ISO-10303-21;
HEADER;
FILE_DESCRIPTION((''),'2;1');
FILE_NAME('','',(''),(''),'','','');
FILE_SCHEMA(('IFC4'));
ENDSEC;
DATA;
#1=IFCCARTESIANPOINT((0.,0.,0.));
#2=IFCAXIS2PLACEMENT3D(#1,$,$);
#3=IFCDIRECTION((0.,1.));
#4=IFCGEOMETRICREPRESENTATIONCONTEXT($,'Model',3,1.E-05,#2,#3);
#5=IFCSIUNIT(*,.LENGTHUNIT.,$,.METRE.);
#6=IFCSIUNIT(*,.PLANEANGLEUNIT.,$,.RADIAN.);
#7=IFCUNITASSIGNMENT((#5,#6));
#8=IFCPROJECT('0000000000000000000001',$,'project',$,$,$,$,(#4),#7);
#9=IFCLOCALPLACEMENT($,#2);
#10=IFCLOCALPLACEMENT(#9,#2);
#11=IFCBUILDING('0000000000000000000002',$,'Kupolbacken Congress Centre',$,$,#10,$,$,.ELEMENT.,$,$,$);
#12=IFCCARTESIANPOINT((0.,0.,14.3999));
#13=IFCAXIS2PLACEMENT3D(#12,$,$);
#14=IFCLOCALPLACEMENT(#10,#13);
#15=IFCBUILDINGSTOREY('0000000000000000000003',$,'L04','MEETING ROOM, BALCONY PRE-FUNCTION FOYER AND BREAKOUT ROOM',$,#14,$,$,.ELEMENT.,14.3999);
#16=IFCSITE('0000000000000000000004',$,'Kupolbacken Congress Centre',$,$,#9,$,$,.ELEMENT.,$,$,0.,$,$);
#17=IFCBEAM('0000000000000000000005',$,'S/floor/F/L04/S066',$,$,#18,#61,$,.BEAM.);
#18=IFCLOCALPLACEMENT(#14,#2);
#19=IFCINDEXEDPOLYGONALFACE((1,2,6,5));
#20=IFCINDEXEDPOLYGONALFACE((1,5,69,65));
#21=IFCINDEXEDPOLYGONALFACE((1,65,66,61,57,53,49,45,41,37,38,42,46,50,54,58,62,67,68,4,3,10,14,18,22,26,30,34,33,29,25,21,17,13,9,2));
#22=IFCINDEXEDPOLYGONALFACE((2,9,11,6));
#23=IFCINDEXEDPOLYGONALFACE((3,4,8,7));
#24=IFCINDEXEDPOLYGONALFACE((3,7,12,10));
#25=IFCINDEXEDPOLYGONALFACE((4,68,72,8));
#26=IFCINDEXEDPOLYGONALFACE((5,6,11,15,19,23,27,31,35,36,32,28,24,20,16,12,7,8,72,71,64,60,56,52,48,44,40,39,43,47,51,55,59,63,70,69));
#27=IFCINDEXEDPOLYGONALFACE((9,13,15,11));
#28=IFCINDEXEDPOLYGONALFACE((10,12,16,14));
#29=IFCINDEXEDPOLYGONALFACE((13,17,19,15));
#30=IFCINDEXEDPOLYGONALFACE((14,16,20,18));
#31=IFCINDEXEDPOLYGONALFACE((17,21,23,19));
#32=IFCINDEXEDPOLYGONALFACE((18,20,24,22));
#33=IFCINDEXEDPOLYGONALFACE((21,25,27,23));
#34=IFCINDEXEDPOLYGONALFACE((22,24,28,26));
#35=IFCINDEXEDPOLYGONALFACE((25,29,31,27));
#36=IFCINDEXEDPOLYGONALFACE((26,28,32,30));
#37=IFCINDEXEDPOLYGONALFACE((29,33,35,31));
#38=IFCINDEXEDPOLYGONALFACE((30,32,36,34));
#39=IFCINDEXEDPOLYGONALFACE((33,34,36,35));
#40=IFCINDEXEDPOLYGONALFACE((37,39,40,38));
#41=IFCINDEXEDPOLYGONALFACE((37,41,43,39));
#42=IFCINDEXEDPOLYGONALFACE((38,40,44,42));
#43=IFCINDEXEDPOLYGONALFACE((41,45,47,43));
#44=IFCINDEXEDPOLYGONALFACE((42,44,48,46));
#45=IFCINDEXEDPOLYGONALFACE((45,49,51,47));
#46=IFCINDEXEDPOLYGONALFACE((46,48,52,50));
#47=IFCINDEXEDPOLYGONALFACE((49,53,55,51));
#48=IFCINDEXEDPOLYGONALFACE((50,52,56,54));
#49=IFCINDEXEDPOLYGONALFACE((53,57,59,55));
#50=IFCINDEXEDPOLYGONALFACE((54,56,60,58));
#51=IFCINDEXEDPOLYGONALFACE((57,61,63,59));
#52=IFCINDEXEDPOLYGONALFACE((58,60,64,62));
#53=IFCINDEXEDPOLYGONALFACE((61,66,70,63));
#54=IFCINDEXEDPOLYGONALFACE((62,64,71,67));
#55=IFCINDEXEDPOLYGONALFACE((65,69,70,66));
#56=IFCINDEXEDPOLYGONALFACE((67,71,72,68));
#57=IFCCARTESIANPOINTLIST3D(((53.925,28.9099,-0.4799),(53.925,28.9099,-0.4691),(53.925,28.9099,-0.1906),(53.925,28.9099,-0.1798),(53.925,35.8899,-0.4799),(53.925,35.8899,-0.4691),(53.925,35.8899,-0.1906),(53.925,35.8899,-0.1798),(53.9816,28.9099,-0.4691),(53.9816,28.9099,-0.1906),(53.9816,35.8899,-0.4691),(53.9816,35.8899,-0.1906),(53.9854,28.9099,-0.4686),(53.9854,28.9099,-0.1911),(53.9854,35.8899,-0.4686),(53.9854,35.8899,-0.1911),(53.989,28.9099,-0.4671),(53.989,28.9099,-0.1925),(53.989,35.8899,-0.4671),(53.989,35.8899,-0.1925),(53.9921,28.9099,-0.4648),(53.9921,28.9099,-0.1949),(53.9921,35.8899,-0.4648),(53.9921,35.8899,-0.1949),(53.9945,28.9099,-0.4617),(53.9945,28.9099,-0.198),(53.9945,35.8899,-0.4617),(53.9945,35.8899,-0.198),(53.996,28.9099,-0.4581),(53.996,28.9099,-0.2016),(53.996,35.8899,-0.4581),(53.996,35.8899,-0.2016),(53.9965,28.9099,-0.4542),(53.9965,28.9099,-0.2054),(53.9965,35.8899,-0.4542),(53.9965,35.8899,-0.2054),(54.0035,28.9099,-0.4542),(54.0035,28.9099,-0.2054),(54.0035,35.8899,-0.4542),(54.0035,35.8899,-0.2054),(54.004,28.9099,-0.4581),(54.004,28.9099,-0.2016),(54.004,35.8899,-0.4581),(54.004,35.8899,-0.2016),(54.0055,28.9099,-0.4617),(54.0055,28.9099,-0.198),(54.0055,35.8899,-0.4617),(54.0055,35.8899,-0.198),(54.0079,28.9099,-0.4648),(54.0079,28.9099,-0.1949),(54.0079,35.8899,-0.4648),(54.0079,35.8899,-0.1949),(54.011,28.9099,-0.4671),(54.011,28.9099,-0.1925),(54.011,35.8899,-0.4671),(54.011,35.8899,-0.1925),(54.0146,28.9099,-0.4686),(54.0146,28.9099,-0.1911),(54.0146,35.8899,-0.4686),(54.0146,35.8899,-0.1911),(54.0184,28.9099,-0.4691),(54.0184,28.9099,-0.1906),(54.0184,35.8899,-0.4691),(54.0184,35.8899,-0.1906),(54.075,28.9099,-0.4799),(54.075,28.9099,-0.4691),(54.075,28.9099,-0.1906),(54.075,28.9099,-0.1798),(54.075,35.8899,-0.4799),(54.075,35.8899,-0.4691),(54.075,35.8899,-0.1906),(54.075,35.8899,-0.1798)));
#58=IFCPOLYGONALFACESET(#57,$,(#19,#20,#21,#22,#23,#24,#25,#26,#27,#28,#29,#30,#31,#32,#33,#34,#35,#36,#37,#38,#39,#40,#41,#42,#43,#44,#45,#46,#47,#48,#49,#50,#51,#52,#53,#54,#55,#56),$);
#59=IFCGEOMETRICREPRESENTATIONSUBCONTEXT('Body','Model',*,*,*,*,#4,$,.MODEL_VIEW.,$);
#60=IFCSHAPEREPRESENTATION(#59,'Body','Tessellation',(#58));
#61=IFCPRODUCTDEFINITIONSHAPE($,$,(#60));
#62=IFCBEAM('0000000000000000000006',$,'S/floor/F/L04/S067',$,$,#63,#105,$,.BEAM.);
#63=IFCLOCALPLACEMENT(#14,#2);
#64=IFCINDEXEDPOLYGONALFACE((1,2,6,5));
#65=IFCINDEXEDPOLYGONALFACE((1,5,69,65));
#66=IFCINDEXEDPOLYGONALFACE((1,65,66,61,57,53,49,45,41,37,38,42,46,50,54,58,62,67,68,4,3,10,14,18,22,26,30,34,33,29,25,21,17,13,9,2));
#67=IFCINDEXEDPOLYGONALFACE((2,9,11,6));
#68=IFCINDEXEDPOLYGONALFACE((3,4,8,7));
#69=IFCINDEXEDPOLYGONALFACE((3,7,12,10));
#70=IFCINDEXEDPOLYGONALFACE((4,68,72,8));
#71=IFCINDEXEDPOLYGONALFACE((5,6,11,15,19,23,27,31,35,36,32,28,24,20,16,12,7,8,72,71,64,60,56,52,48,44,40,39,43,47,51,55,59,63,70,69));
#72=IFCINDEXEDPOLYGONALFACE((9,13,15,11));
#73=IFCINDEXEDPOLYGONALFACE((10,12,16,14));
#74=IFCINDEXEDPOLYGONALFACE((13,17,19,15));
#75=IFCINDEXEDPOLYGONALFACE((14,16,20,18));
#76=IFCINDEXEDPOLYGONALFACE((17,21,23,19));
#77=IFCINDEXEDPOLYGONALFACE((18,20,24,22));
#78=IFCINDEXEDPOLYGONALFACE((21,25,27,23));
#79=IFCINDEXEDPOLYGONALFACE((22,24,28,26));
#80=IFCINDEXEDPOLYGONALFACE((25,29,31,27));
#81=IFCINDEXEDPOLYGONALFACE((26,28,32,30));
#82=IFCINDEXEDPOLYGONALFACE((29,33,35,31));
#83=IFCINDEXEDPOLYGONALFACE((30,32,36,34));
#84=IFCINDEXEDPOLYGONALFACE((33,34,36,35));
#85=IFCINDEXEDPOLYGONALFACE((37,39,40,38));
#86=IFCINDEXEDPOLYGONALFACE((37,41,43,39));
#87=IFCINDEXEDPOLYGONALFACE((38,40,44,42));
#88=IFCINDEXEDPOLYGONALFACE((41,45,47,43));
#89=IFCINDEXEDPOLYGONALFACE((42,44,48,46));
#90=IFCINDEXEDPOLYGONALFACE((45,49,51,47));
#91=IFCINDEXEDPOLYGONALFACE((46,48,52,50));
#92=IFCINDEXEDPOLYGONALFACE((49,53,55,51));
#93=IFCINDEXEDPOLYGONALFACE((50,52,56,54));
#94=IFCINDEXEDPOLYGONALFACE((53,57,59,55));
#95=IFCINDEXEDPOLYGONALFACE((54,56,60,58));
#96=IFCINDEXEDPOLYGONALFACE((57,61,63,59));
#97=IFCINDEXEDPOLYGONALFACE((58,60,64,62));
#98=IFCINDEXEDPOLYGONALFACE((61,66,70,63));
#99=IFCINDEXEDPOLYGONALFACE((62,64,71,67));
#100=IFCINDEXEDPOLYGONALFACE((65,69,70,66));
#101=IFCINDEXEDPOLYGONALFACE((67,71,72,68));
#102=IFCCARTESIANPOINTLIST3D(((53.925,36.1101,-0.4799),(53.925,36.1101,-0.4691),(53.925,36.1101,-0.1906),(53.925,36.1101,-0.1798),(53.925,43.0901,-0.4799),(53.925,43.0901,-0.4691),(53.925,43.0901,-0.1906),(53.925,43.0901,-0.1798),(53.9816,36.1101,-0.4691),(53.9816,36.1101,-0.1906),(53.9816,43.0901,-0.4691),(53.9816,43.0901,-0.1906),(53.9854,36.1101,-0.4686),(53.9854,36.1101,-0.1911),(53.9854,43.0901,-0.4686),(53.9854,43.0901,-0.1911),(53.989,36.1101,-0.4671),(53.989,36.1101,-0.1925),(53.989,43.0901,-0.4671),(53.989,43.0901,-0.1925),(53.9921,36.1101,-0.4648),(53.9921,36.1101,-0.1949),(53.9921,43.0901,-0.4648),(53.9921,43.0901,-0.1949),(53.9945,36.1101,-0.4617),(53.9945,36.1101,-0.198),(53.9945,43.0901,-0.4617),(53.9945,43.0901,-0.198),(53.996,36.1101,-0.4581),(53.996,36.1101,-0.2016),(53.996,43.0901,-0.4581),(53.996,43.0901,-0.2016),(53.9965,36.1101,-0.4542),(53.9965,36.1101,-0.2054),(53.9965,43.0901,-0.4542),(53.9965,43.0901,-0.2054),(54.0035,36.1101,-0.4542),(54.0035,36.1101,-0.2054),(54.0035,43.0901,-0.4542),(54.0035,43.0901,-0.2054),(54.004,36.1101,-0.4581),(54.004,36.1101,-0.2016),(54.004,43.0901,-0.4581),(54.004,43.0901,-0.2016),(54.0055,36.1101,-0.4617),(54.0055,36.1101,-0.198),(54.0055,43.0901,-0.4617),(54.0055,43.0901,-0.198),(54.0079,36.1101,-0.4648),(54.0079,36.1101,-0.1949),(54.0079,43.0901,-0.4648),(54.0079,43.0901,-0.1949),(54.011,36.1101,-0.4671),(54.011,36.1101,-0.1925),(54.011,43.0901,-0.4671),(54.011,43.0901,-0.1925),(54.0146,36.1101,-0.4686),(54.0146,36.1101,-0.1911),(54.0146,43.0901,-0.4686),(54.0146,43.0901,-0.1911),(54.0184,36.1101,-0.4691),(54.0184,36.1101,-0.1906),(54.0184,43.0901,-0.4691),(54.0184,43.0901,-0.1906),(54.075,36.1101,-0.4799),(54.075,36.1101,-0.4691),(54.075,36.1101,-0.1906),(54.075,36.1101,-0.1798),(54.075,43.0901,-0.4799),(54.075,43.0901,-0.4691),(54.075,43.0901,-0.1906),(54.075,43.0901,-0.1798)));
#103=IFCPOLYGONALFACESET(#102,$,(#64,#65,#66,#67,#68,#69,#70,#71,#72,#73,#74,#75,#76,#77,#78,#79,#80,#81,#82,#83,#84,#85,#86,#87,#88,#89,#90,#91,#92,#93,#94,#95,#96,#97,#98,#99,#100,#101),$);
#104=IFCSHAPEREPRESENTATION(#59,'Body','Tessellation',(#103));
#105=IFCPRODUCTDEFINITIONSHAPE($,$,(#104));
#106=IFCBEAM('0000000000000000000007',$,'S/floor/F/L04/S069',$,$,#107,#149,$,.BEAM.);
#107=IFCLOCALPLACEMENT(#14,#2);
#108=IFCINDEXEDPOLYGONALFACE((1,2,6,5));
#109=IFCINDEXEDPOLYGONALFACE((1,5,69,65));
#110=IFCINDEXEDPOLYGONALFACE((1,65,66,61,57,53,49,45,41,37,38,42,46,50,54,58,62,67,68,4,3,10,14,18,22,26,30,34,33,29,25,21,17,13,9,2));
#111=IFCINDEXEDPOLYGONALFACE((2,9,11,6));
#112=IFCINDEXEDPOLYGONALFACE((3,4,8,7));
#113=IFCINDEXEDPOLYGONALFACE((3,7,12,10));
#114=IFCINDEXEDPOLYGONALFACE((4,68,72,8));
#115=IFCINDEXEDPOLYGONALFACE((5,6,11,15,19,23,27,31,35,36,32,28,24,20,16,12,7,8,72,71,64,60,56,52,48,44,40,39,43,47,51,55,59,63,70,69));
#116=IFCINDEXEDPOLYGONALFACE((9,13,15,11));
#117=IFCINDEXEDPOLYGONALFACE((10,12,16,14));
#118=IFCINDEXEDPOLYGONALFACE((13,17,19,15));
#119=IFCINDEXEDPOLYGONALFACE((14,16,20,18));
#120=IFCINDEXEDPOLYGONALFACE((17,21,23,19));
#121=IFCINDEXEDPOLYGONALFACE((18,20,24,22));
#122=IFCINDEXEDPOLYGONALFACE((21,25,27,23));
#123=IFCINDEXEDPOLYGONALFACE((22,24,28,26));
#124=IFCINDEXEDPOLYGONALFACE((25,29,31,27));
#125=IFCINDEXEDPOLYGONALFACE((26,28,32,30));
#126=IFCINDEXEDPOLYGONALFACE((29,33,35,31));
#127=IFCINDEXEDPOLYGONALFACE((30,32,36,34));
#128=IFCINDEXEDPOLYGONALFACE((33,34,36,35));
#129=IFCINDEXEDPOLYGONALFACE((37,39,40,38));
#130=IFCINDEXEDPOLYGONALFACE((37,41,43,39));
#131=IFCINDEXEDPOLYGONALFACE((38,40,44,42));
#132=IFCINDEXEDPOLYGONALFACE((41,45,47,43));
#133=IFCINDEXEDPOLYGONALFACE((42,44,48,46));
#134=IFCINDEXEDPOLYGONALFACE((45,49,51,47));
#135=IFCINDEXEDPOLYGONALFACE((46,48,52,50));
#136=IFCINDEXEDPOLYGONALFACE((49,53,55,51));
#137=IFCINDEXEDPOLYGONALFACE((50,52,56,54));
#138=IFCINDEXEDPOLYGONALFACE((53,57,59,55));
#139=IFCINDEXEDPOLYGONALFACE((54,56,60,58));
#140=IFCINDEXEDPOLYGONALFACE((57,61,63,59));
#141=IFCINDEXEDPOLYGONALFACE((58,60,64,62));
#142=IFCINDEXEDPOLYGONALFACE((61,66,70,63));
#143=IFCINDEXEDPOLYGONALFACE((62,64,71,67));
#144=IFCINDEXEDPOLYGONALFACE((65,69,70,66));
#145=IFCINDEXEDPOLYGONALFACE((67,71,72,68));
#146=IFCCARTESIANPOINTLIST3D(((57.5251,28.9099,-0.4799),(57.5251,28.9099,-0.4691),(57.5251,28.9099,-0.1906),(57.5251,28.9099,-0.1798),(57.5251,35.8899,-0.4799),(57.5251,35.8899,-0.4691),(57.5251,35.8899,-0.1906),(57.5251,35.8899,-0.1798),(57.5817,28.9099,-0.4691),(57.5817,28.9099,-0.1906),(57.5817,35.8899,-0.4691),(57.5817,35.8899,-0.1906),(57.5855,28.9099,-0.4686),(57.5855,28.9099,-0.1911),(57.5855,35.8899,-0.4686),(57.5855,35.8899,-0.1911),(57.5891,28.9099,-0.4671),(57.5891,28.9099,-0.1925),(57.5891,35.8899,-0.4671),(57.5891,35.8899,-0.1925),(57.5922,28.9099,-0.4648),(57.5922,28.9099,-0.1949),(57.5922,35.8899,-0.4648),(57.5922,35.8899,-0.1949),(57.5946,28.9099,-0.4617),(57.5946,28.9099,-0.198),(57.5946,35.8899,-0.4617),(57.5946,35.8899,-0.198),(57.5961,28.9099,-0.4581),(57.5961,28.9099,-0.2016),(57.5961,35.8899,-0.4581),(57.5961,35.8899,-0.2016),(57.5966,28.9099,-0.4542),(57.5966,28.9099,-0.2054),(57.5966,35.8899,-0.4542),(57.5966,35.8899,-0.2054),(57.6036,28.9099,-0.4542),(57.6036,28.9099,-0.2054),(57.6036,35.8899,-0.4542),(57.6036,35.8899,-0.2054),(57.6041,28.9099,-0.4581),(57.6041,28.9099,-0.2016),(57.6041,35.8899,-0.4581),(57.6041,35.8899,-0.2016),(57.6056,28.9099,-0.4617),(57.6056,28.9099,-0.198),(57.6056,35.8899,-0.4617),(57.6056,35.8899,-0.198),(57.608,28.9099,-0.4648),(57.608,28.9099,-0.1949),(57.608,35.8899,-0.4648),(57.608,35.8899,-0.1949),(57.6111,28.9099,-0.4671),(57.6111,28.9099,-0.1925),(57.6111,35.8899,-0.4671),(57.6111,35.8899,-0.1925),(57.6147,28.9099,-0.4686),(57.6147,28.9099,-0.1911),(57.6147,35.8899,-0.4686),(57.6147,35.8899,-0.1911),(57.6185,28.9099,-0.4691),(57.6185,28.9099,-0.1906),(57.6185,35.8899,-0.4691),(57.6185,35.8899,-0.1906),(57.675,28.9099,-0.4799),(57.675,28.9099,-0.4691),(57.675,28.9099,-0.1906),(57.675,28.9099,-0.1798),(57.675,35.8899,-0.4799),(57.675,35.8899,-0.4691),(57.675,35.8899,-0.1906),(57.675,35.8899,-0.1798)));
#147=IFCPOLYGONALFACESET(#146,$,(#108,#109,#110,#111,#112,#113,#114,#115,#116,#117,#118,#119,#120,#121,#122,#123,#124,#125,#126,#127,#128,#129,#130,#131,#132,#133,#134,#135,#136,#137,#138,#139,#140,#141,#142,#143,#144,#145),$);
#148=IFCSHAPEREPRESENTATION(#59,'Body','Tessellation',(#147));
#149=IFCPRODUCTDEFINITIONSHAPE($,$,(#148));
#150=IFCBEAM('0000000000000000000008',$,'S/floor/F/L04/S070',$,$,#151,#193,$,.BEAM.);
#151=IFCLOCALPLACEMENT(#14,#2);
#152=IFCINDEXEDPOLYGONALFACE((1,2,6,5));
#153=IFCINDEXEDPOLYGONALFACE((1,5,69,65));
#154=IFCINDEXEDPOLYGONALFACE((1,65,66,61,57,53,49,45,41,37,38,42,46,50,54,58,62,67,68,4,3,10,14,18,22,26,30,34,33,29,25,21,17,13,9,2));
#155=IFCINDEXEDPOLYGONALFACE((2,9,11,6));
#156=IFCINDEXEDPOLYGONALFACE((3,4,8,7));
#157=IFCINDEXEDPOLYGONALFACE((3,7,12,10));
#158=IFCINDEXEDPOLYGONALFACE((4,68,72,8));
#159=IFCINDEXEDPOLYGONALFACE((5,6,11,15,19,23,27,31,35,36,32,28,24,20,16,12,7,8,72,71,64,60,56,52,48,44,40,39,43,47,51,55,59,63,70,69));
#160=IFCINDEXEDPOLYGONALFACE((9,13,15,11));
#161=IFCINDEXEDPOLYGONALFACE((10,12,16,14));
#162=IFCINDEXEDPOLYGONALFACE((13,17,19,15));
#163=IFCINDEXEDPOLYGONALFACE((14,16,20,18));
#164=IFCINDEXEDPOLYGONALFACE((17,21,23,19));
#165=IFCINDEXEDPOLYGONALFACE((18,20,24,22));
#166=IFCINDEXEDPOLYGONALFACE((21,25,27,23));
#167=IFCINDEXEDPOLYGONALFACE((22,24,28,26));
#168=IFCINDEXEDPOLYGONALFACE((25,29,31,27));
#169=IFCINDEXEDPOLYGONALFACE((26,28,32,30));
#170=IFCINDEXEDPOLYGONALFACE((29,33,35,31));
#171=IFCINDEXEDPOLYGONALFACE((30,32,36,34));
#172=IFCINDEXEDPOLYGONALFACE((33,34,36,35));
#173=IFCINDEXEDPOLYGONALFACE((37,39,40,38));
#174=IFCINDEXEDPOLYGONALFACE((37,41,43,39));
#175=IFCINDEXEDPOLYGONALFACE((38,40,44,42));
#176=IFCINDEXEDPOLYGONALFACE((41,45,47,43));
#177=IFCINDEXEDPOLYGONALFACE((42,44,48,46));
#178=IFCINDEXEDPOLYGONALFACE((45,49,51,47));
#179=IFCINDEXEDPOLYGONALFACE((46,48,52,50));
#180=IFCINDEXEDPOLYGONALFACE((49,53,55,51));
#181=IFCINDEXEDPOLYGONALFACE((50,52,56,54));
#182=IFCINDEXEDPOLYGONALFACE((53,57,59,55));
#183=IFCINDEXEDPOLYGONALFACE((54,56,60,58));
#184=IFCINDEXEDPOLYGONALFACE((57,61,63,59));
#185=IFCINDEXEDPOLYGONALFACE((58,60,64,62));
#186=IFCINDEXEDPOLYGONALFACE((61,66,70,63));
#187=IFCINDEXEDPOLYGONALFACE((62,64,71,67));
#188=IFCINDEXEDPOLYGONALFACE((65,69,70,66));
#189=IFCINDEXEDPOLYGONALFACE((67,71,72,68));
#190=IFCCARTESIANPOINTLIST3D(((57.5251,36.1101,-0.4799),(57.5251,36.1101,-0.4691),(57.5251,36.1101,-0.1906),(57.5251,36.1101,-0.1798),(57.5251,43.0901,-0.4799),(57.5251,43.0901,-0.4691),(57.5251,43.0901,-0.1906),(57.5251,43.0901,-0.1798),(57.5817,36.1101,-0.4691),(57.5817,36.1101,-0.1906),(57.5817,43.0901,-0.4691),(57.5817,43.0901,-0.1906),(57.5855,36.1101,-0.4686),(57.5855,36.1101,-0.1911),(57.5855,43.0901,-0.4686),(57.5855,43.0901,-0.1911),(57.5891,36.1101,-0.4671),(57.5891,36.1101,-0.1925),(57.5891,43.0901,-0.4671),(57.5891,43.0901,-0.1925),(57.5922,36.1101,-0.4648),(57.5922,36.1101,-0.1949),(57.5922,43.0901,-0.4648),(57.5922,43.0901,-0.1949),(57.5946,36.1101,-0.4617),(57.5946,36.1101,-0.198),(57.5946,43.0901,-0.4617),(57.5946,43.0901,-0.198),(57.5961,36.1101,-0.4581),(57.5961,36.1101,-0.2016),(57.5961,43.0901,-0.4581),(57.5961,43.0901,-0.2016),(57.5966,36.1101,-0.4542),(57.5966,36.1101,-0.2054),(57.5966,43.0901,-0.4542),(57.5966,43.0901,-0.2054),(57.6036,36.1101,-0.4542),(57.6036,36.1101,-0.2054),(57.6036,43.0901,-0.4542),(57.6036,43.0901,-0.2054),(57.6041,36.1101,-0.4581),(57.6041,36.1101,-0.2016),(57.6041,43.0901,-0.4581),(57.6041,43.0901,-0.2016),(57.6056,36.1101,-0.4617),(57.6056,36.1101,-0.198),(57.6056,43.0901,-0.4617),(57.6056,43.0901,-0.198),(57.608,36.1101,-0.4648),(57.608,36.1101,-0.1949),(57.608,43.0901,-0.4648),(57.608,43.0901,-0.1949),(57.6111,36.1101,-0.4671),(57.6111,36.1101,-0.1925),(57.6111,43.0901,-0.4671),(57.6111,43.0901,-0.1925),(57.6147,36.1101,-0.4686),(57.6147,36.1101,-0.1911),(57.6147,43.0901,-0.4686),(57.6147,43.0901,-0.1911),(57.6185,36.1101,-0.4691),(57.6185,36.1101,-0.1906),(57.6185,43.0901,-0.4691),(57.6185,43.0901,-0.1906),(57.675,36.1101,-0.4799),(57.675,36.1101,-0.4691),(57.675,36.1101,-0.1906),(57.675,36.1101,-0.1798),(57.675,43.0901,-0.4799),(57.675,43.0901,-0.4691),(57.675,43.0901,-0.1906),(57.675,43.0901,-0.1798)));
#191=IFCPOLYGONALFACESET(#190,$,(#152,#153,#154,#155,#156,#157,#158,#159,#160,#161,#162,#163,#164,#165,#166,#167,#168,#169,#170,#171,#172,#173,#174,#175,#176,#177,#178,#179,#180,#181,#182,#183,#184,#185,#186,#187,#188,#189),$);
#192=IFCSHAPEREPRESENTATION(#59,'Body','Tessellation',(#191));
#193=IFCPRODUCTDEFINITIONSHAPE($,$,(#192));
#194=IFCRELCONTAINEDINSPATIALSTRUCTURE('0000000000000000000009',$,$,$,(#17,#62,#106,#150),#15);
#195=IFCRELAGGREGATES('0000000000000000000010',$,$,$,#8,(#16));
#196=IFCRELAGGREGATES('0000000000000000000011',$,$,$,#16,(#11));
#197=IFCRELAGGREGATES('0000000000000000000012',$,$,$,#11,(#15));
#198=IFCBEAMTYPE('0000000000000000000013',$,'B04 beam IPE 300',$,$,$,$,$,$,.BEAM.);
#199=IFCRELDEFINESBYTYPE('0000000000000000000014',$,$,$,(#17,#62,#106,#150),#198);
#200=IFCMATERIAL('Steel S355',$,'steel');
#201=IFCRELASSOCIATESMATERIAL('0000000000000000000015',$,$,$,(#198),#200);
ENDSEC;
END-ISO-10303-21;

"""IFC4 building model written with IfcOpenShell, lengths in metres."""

from ifc_helpers import new_model, si_unit, direction, frame, origin, origin_2d, place, context, subcontext, project, spatial, i_section, extrude, material, material_profile, profile_set, type_object, element, save


model = new_model("IFC4")

# Units and contexts
model_context = context("Model", 3, precision=1e-05, world=origin(), true_north=direction((0.0, 1.0)))
body_context = subcontext(model_context, "Body", "Model", "MODEL_VIEW")
ifc_project = project(units=[si_unit("LENGTHUNIT", "METRE"), si_unit("PLANEANGLEUNIT", "RADIAN")], contexts=[model_context])

# Site, building, storey
site_placement = place(None, origin())
site = spatial("IfcSite", under=ifc_project, at=site_placement, Name="Kupolbacken Congress Centre", CompositionType="ELEMENT", RefElevation=0.0)
building_placement = place(site_placement, origin())
building = spatial("IfcBuilding", under=site, at=building_placement, Name="Kupolbacken Congress Centre", CompositionType="ELEMENT")
storey_placement = place(building_placement, frame((0.0, 0.0, 14.3999)))
storey = spatial("IfcBuildingStorey", under=building, at=storey_placement, Name="L04", Description="MEETING ROOM, BALCONY PRE-FUNCTION FOYER AND BREAKOUT ROOM", CompositionType="ELEMENT", Elevation=14.3999)

# Beams
ifc_material_1 = material(Name="Steel S355", Category="steel")
ifc_material_profile_1 = material_profile(ifc_material_1, i_section(OverallWidth=0.1499, OverallDepth=0.3, WebThickness=0.0071, FlangeThickness=0.0107, FilletRadius=0.0149, at=origin_2d()), Name="IPE 300")
ifc_profile_set_1 = profile_set([ifc_material_profile_1], Name="Steel S355")
beam_type = type_object("IfcBeamType", Name="B04 beam IPE 300", PredefinedType="BEAM", material=ifc_profile_set_1)
for number, where, z_axis, x_axis, name in (
    (1, (54.0, 28.9099, -0.3298), (0.0, 1.0, 0.0), (-1.0, 0.0, 0.0), "S/floor/F/L04/S066"),
    (2, (54.0, 36.1101, -0.3298), (0.0, 1.0, 0.0), (-1.0, 0.0, 0.0), "S/floor/F/L04/S067"),
    (3, (57.6001, 28.9099, -0.3298), (0.0, 1.0, 0.0), (-1.0, 0.0, 0.0), "S/floor/F/L04/S069"),
    (4, (57.6001, 36.1101, -0.3298), (0.0, 1.0, 0.0), (-1.0, 0.0, 0.0), "S/floor/F/L04/S070"),
):
    element("IfcBeam", number, at=place(storey_placement, frame(where, z_axis=z_axis, x_axis=x_axis)), inside=storey, type_object=beam_type, Name=name, PredefinedType="BEAM", context=body_context, shape_type="SweptSolid", body=[
        extrude(i_section(OverallWidth=0.1499, OverallDepth=0.3, WebThickness=0.0071, FlangeThickness=0.0107, FilletRadius=0.0149, at=origin_2d()), origin(), (0.0, 0.0, 1.0), 6.98),
    ])

save(model, "model.ifc")
